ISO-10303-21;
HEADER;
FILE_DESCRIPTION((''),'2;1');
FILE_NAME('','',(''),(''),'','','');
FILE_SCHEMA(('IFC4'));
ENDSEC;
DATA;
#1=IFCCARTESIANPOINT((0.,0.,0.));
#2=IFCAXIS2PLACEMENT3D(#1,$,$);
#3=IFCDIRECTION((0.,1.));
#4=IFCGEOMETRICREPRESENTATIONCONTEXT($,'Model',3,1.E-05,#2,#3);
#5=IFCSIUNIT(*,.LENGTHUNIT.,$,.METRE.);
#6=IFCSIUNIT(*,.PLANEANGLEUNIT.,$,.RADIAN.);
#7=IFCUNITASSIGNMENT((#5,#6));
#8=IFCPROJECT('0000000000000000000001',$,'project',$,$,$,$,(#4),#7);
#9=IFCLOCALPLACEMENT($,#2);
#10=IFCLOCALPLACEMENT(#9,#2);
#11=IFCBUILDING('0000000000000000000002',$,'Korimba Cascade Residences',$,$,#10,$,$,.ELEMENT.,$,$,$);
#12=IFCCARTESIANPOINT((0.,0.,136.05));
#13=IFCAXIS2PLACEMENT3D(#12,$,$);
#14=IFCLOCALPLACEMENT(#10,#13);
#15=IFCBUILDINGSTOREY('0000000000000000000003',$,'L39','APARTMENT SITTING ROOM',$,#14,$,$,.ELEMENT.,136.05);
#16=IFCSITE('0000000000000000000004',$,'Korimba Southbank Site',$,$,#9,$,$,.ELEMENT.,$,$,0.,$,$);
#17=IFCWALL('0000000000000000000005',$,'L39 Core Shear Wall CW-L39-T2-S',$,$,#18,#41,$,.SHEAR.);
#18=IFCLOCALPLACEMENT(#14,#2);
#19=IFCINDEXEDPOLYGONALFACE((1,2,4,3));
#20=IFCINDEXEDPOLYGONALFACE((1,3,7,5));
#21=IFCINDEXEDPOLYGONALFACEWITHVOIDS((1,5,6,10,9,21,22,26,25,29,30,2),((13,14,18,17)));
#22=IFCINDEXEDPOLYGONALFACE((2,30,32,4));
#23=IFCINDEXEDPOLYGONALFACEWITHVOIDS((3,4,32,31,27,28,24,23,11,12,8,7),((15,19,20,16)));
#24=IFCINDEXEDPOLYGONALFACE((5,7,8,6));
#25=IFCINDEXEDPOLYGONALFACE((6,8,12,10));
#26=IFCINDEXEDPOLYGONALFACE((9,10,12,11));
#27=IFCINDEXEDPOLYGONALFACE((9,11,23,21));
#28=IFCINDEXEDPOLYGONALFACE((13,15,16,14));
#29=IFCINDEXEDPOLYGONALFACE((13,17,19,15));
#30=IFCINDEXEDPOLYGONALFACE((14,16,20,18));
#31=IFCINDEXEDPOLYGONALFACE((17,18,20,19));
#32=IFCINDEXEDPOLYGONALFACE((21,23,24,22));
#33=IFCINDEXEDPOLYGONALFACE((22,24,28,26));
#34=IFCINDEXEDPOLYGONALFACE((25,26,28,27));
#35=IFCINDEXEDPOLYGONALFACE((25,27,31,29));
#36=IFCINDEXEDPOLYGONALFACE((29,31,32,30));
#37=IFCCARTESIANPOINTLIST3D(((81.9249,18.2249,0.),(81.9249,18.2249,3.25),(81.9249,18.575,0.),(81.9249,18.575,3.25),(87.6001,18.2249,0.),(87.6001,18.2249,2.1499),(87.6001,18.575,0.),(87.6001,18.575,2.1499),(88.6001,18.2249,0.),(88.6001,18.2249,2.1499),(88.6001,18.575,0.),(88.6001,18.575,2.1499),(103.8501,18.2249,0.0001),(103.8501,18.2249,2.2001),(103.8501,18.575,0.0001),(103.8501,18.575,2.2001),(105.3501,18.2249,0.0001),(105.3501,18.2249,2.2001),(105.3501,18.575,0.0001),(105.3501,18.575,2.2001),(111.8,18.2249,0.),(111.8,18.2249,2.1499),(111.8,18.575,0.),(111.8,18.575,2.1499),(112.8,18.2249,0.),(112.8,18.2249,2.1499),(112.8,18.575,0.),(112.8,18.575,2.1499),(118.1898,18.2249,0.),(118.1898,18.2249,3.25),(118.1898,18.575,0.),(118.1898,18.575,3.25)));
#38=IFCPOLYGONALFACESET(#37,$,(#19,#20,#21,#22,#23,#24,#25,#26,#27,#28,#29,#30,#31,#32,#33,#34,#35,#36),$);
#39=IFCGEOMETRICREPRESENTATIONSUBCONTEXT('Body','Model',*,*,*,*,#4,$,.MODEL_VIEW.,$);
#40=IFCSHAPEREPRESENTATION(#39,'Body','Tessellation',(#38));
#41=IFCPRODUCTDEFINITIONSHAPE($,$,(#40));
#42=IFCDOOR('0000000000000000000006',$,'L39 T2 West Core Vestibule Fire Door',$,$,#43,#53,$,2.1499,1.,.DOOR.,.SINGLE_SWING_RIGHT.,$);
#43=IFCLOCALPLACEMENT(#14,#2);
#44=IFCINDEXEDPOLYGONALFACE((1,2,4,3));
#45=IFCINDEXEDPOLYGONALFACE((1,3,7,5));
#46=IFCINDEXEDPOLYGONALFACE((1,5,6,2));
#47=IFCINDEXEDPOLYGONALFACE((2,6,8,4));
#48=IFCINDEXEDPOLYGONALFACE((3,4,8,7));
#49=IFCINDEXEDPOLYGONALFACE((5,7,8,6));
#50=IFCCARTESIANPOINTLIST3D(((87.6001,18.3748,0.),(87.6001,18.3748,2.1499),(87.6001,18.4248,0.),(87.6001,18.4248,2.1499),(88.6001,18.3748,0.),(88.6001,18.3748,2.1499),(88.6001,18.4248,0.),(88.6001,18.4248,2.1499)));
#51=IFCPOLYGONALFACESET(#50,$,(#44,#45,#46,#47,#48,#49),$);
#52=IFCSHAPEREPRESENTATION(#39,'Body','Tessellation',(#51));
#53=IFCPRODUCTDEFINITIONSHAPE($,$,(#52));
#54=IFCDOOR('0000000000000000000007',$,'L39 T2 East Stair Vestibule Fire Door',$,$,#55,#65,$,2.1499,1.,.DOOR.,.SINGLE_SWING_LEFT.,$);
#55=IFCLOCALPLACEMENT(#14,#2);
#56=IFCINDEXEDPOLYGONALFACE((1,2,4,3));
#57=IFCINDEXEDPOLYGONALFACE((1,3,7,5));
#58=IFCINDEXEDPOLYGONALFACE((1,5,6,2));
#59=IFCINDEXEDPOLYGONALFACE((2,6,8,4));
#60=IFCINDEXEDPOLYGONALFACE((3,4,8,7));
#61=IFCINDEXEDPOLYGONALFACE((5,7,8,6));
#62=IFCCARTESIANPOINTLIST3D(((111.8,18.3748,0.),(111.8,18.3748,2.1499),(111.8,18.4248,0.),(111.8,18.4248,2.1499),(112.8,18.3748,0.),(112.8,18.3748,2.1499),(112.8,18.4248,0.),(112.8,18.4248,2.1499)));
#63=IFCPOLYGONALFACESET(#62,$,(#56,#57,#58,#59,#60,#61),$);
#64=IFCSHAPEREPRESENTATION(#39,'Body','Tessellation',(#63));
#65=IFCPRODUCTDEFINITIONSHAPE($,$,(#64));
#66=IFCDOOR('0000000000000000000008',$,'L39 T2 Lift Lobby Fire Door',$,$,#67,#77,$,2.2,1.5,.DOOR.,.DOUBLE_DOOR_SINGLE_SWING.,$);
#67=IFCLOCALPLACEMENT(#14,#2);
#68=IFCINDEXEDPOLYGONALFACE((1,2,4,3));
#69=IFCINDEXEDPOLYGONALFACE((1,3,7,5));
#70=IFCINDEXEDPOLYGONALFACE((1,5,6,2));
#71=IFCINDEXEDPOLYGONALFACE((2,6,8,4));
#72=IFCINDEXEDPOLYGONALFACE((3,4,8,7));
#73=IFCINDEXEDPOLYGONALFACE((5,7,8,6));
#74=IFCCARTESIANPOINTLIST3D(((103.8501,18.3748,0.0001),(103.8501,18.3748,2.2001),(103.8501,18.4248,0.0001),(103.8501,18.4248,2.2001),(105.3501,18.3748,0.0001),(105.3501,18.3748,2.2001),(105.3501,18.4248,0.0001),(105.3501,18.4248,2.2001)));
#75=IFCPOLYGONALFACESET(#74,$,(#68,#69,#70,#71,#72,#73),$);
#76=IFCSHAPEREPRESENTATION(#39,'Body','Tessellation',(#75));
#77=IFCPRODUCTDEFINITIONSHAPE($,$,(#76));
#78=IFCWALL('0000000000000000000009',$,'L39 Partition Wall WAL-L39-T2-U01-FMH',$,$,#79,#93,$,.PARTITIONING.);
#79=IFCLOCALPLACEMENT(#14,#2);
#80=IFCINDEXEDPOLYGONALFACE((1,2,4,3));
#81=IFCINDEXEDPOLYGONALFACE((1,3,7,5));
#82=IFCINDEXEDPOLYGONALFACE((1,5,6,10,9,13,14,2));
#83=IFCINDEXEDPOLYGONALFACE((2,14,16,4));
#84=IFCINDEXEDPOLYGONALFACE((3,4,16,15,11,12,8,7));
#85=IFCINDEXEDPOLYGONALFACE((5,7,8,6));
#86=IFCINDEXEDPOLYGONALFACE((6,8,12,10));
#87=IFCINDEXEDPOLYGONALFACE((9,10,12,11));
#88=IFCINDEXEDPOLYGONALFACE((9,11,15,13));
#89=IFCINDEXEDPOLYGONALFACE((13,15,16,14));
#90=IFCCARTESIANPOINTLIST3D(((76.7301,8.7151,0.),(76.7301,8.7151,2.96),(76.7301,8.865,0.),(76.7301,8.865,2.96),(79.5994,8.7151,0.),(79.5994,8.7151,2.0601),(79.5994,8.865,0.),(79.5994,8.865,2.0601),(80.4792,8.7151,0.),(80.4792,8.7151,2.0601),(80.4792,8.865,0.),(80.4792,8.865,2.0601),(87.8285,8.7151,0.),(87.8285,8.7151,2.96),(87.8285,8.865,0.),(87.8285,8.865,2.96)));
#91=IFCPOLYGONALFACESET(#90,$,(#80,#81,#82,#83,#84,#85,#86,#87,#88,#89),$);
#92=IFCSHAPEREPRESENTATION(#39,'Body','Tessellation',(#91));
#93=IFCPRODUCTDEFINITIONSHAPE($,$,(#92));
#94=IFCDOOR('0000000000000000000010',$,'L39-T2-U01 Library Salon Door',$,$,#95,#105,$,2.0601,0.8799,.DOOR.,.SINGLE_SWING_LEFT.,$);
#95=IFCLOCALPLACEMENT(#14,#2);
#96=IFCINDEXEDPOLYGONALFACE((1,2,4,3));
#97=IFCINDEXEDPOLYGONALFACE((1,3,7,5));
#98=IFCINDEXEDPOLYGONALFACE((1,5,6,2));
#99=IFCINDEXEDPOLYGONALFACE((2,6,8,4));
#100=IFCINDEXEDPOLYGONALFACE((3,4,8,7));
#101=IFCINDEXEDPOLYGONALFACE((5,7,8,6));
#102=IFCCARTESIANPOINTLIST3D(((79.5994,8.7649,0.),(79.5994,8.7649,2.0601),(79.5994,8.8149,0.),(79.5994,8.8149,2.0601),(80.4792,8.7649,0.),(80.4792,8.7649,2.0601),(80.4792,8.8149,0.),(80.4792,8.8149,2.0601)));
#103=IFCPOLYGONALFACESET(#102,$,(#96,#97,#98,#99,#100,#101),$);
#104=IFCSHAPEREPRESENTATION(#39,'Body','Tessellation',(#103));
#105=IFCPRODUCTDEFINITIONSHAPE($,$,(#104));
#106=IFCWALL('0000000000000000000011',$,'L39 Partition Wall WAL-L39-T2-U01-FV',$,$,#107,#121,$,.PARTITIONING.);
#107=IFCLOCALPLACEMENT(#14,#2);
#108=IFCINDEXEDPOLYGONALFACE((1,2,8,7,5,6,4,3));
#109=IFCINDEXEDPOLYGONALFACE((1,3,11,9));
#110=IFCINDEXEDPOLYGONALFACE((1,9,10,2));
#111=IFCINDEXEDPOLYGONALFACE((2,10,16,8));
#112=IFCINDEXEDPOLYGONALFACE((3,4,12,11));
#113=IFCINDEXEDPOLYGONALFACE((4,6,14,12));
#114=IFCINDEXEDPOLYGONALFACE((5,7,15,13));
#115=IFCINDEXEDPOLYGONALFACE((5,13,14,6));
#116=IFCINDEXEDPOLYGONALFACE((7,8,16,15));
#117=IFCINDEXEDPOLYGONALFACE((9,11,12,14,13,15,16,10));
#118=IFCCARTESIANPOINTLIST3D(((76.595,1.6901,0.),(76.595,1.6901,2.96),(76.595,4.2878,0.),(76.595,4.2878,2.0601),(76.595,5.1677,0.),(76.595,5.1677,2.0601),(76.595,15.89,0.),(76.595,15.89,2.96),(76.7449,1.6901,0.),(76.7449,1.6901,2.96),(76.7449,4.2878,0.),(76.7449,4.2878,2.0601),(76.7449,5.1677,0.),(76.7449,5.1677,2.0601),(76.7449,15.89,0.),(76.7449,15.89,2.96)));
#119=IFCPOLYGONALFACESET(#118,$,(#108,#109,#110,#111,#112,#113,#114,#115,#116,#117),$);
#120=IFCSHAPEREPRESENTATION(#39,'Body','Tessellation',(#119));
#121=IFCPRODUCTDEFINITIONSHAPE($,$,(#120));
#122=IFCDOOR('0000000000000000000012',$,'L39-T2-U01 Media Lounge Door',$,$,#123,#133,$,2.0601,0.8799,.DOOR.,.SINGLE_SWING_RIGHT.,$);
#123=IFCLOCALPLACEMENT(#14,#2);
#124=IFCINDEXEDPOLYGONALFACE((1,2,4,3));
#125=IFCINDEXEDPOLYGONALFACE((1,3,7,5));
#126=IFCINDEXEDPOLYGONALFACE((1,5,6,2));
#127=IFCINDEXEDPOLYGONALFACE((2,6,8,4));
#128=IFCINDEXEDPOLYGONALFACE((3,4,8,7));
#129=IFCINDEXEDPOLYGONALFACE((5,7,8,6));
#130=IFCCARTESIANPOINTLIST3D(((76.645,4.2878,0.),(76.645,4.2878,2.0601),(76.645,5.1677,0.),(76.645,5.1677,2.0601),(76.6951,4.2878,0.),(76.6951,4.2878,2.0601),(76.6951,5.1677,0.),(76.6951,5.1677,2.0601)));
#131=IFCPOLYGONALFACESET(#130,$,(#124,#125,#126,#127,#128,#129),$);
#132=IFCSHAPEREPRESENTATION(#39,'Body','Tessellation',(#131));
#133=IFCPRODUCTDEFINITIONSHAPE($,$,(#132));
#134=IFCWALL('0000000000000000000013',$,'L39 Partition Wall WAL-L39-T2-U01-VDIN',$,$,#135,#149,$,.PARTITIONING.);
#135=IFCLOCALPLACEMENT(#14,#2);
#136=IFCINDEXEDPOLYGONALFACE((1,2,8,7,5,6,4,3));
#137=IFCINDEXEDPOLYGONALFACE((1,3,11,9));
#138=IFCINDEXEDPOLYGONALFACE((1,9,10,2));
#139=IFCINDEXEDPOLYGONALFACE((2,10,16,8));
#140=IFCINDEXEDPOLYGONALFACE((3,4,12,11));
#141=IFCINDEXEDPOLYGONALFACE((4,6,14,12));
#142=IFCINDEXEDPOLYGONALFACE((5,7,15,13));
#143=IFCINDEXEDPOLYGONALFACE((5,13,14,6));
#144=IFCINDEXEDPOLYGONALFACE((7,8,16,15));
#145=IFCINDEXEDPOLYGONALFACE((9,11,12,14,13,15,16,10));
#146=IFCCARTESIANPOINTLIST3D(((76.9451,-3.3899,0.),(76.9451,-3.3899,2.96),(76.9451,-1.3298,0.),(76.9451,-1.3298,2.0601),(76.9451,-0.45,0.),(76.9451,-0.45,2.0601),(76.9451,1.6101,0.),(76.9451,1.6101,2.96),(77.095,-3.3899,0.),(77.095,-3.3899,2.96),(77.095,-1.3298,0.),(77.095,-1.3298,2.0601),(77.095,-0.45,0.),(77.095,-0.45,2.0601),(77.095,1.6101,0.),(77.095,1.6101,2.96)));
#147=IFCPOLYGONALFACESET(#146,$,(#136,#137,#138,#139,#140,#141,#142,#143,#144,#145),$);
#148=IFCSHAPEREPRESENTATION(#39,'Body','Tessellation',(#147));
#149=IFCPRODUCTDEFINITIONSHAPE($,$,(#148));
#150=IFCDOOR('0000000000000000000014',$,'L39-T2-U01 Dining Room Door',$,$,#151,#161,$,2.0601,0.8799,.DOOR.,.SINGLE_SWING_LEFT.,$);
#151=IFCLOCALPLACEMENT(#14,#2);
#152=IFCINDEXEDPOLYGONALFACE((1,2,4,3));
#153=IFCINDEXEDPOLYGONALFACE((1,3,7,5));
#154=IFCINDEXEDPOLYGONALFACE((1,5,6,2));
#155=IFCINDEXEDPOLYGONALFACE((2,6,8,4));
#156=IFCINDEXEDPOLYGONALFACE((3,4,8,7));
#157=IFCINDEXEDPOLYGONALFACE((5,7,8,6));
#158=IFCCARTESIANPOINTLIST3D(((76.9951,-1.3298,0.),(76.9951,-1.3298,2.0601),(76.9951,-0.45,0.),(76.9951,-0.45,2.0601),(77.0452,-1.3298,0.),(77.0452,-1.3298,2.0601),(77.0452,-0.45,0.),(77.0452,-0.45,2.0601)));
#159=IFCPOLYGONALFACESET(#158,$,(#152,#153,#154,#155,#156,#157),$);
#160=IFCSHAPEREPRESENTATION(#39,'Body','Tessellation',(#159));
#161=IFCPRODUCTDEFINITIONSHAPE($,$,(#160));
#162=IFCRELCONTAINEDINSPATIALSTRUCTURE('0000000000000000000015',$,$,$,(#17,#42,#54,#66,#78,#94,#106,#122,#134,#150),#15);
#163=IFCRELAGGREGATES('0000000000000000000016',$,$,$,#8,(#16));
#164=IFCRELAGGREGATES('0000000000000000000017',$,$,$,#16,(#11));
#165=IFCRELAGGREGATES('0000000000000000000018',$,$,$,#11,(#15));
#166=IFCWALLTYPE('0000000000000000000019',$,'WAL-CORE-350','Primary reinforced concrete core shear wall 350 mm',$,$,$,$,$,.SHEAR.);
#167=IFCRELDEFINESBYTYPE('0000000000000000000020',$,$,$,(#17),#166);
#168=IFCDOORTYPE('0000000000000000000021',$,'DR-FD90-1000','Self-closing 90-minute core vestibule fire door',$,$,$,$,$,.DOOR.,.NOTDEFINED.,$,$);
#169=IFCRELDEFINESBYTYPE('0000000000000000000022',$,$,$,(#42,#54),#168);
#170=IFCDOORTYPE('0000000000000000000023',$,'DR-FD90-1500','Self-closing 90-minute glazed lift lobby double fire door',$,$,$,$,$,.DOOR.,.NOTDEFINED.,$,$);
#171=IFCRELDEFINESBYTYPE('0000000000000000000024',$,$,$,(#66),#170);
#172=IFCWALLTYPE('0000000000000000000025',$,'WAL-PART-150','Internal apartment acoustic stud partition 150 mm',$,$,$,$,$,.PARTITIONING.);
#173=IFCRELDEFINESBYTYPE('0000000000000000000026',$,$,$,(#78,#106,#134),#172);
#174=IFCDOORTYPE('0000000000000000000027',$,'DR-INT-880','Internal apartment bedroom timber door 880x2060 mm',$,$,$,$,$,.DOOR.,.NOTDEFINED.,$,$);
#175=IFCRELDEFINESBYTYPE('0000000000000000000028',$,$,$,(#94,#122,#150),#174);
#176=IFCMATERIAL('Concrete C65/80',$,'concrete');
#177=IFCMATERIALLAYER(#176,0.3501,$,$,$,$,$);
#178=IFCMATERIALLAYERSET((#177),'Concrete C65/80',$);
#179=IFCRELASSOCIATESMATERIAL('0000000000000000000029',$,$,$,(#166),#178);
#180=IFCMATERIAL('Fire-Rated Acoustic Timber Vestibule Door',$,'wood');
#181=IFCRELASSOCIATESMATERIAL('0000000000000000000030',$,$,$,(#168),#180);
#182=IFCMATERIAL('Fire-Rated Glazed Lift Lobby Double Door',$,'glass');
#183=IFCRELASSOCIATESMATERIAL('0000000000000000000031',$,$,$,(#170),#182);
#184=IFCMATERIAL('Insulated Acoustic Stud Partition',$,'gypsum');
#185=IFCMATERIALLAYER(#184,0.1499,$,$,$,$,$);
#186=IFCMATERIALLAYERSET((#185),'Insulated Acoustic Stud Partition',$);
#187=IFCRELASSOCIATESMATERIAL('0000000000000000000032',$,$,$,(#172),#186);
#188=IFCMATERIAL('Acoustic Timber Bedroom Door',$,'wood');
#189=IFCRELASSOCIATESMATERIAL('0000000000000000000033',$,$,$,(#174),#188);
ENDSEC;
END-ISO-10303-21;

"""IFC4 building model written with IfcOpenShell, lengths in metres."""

from ifc_helpers import new_model, si_unit, direction, frame, frame_2d, origin, place, context, subcontext, project, spatial, rectangle, extrude, material, layer, layer_set, type_object, element, fill, save


model = new_model("IFC4")

# Units and contexts
model_context = context("Model", 3, precision=1e-05, world=origin(), true_north=direction((0.0, 1.0)))
body_context = subcontext(model_context, "Body", "Model", "MODEL_VIEW")
ifc_project = project(units=[si_unit("LENGTHUNIT", "METRE"), si_unit("PLANEANGLEUNIT", "RADIAN")], contexts=[model_context])

# Site, building, storey
site_placement = place(None, origin())
site = spatial("IfcSite", under=ifc_project, at=site_placement, Name="Korimba Southbank Site", CompositionType="ELEMENT", RefElevation=0.0)
building_placement = place(site_placement, origin())
building = spatial("IfcBuilding", under=site, at=building_placement, Name="Korimba Cascade Residences", CompositionType="ELEMENT")
storey_placement = place(building_placement, frame((0.0, 0.0, 136.05)))
storey = spatial("IfcBuildingStorey", under=building, at=storey_placement, Name="L39", Description="APARTMENT SITTING ROOM", CompositionType="ELEMENT", Elevation=136.05)

# Shared definitions
ifc_material_1 = material(Name="Concrete C65/80", Category="concrete")

# Wall, openings, doors
ifc_layer_1 = layer(ifc_material_1, 0.3501)
ifc_layer_set_1 = layer_set([ifc_layer_1], Name="Concrete C65/80")
wall_type_1 = type_object("IfcWallType", Name="WAL-CORE-350", Description="Primary reinforced concrete core shear wall 350 mm", PredefinedType="SHEAR", material=ifc_layer_set_1)
wall_1_placement = place(storey_placement, frame((81.925, 18.3999, 0.0), z_axis=(0.0, 0.0, 1.0), x_axis=(1.0, 0.0, 0.0)))
wall_1 = element("IfcWall", 1, at=wall_1_placement, inside=storey, type_object=wall_type_1, Name="L39 Core Shear Wall CW-L39-T2-S", PredefinedType="SHEAR", context=body_context, shape_type="SweptSolid", body=[
    extrude(rectangle(XDim=36.2649, YDim=0.3501, at=frame_2d((18.1323, 0.0))), origin(), (0.0, 0.0, 1.0), 3.25),
])
opening_1_placement = place(wall_1_placement, frame((5.675, 0.0, 0.0)))
opening_1 = element("IfcOpeningElement", 2, at=opening_1_placement, cuts=wall_1, PredefinedType="OPENING", context=body_context, shape_type="SweptSolid", body=[
    extrude(rectangle(XDim=1.0, YDim=2.1499, at=frame_2d((0.5, 1.075))), frame((0.0, 0.1851, 0.0), z_axis=(0.0, -1.0, 0.0), x_axis=(1.0, 0.0, 0.0)), (0.0, 0.0, 1.0), 0.3701),
])
opening_2_placement = place(wall_1_placement, frame((21.925, 0.0, 0.0)))
opening_2 = element("IfcOpeningElement", 3, at=opening_2_placement, cuts=wall_1, PredefinedType="OPENING", context=body_context, shape_type="SweptSolid", body=[
    extrude(rectangle(XDim=1.5, YDim=2.2, at=frame_2d((0.75, 1.1001))), frame((0.0, 0.1851, 0.0), z_axis=(0.0, -1.0, 0.0), x_axis=(1.0, 0.0, 0.0)), (0.0, 0.0, 1.0), 0.3701),
])
opening_3_placement = place(wall_1_placement, frame((29.875, 0.0, 0.0)))
opening_3 = element("IfcOpeningElement", 4, at=opening_3_placement, cuts=wall_1, PredefinedType="OPENING", context=body_context, shape_type="SweptSolid", body=[
    extrude(rectangle(XDim=1.0, YDim=2.1499, at=frame_2d((0.5, 1.075))), frame((0.0, 0.1851, 0.0), z_axis=(0.0, -1.0, 0.0), x_axis=(1.0, 0.0, 0.0)), (0.0, 0.0, 1.0), 0.3701),
])
ifc_material_2 = material(Name="Fire-Rated Acoustic Timber Vestibule Door", Category="wood")
door_type_1 = type_object("IfcDoorType", Name="DR-FD90-1000", Description="Self-closing 90-minute core vestibule fire door", OperationType="NOTDEFINED", PredefinedType="DOOR", material=ifc_material_2)
door_1_placement = place(opening_1_placement, origin())
door_1 = element("IfcDoor", 5, at=door_1_placement, inside=storey, type_object=door_type_1, Name="L39 T2 West Core Vestibule Fire Door", OperationType="SINGLE_SWING_RIGHT", OverallHeight=2.1499, OverallWidth=1.0, PredefinedType="DOOR", context=body_context, shape_type="SweptSolid", body=[
    extrude(rectangle(XDim=1.0, YDim=2.1499, at=frame_2d((0.5, 1.075))), frame((0.0, 0.0249, 0.0), z_axis=(0.0, -1.0, 0.0), x_axis=(1.0, 0.0, 0.0)), (0.0, 0.0, 1.0), 0.05),
])
fill(opening_1, door_1)
door_2_placement = place(opening_3_placement, origin())
door_2 = element("IfcDoor", 6, at=door_2_placement, inside=storey, type_object=door_type_1, Name="L39 T2 East Stair Vestibule Fire Door", OperationType="SINGLE_SWING_LEFT", OverallHeight=2.1499, OverallWidth=1.0, PredefinedType="DOOR", context=body_context, shape_type="SweptSolid", body=[
    extrude(rectangle(XDim=1.0, YDim=2.1499, at=frame_2d((0.5, 1.075))), frame((0.0, 0.0249, 0.0), z_axis=(0.0, -1.0, 0.0), x_axis=(1.0, 0.0, 0.0)), (0.0, 0.0, 1.0), 0.05),
])
fill(opening_3, door_2)
ifc_material_3 = material(Name="Fire-Rated Glazed Lift Lobby Double Door", Category="glass")
door_type_2 = type_object("IfcDoorType", Name="DR-FD90-1500", Description="Self-closing 90-minute glazed lift lobby double fire door", OperationType="NOTDEFINED", PredefinedType="DOOR", material=ifc_material_3)
door_3_placement = place(opening_2_placement, origin())
door_3 = element("IfcDoor", 7, at=door_3_placement, inside=storey, type_object=door_type_2, Name="L39 T2 Lift Lobby Fire Door", OperationType="DOUBLE_DOOR_SINGLE_SWING", OverallHeight=2.2, OverallWidth=1.5, PredefinedType="DOOR", context=body_context, shape_type="SweptSolid", body=[
    extrude(rectangle(XDim=1.5, YDim=2.2, at=frame_2d((0.75, 1.1001))), frame((0.0, 0.0249, 0.0), z_axis=(0.0, -1.0, 0.0), x_axis=(1.0, 0.0, 0.0)), (0.0, 0.0, 1.0), 0.05),
])
fill(opening_2, door_3)

# Walls, openings, doors
ifc_material_4 = material(Name="Insulated Acoustic Stud Partition", Category="gypsum")
ifc_layer_2 = layer(ifc_material_4, 0.1499)
ifc_layer_set_2 = layer_set([ifc_layer_2], Name="Insulated Acoustic Stud Partition")
wall_type_2 = type_object("IfcWallType", Name="WAL-PART-150", Description="Internal apartment acoustic stud partition 150 mm", PredefinedType="PARTITIONING", material=ifc_layer_set_2)
wall_2_placement = place(storey_placement, frame((76.73, 8.79, 0.0), z_axis=(0.0, 0.0, 1.0), x_axis=(1.0, 0.0, 0.0)))
wall_2 = element("IfcWall", 8, at=wall_2_placement, inside=storey, type_object=wall_type_2, Name="L39 Partition Wall WAL-L39-T2-U01-FMH", PredefinedType="PARTITIONING", context=body_context, shape_type="SweptSolid", body=[
    extrude(rectangle(XDim=11.0984, YDim=0.1499, at=frame_2d((5.5493, 0.0))), origin(), (0.0, 0.0, 1.0), 2.96),
])
opening_4_placement = place(wall_2_placement, frame((2.8694, 0.0, 0.0)))
opening_4 = element("IfcOpeningElement", 9, at=opening_4_placement, cuts=wall_2, PredefinedType="OPENING", context=body_context, shape_type="SweptSolid", body=[
    extrude(rectangle(XDim=0.8799, YDim=2.0601, at=frame_2d((0.4399, 1.03))), frame((0.0, 0.085, 0.0), z_axis=(0.0, -1.0, 0.0), x_axis=(1.0, 0.0, 0.0)), (0.0, 0.0, 1.0), 0.1699),
])
ifc_material_5 = material(Name="Acoustic Timber Bedroom Door", Category="wood")
door_type_3 = type_object("IfcDoorType", Name="DR-INT-880", Description="Internal apartment bedroom timber door 880x2060 mm", OperationType="NOTDEFINED", PredefinedType="DOOR", material=ifc_material_5)
door_4_placement = place(opening_4_placement, origin())
door_4 = element("IfcDoor", 10, at=door_4_placement, inside=storey, type_object=door_type_3, Name="L39-T2-U01 Library Salon Door", OperationType="SINGLE_SWING_LEFT", OverallHeight=2.0601, OverallWidth=0.8799, PredefinedType="DOOR", context=body_context, shape_type="SweptSolid", body=[
    extrude(rectangle(XDim=0.8799, YDim=2.0601, at=frame_2d((0.4399, 1.03))), frame((0.0, 0.0249, 0.0), z_axis=(0.0, -1.0, 0.0), x_axis=(1.0, 0.0, 0.0)), (0.0, 0.0, 1.0), 0.05),
])
fill(opening_4, door_4)
wall_3_placement = place(storey_placement, frame((76.6699, 1.6899, 0.0), z_axis=(0.0, 0.0, 1.0), x_axis=(0.0, 1.0, 0.0)))
wall_3 = element("IfcWall", 11, at=wall_3_placement, inside=storey, type_object=wall_type_2, Name="L39 Partition Wall WAL-L39-T2-U01-FV", PredefinedType="PARTITIONING", context=body_context, shape_type="SweptSolid", body=[
    extrude(rectangle(XDim=14.2, YDim=0.1499, at=frame_2d((7.1001, 0.0))), origin(), (0.0, 0.0, 1.0), 2.96),
])
opening_5_placement = place(wall_3_placement, frame((2.5979, 0.0, 0.0)))
opening_5 = element("IfcOpeningElement", 12, at=opening_5_placement, cuts=wall_3, PredefinedType="OPENING", context=body_context, shape_type="SweptSolid", body=[
    extrude(rectangle(XDim=0.8799, YDim=2.0601, at=frame_2d((0.4399, 1.03))), frame((0.0, 0.085, 0.0), z_axis=(0.0, -1.0, 0.0), x_axis=(1.0, 0.0, 0.0)), (0.0, 0.0, 1.0), 0.1699),
])
door_5_placement = place(opening_5_placement, origin())
door_5 = element("IfcDoor", 13, at=door_5_placement, inside=storey, type_object=door_type_3, Name="L39-T2-U01 Media Lounge Door", OperationType="SINGLE_SWING_RIGHT", OverallHeight=2.0601, OverallWidth=0.8799, PredefinedType="DOOR", context=body_context, shape_type="SweptSolid", body=[
    extrude(rectangle(XDim=0.8799, YDim=2.0601, at=frame_2d((0.4399, 1.03))), frame((0.0, 0.0249, 0.0), z_axis=(0.0, -1.0, 0.0), x_axis=(1.0, 0.0, 0.0)), (0.0, 0.0, 1.0), 0.05),
])
fill(opening_5, door_5)
wall_4_placement = place(storey_placement, frame((77.02, -3.3899, 0.0), z_axis=(0.0, 0.0, 1.0), x_axis=(0.0, 1.0, 0.0)))
wall_4 = element("IfcWall", 14, at=wall_4_placement, inside=storey, type_object=wall_type_2, Name="L39 Partition Wall WAL-L39-T2-U01-VDIN", PredefinedType="PARTITIONING", context=body_context, shape_type="SweptSolid", body=[
    extrude(rectangle(XDim=5.0, YDim=0.1499, at=frame_2d((2.5, 0.0))), origin(), (0.0, 0.0, 1.0), 2.96),
])
opening_6_placement = place(wall_4_placement, frame((2.0601, 0.0, 0.0)))
opening_6 = element("IfcOpeningElement", 15, at=opening_6_placement, cuts=wall_4, PredefinedType="OPENING", context=body_context, shape_type="SweptSolid", body=[
    extrude(rectangle(XDim=0.8799, YDim=2.0601, at=frame_2d((0.4399, 1.03))), frame((0.0, 0.085, 0.0), z_axis=(0.0, -1.0, 0.0), x_axis=(1.0, 0.0, 0.0)), (0.0, 0.0, 1.0), 0.1699),
])
door_6_placement = place(opening_6_placement, origin())
door_6 = element("IfcDoor", 16, at=door_6_placement, inside=storey, type_object=door_type_3, Name="L39-T2-U01 Dining Room Door", OperationType="SINGLE_SWING_LEFT", OverallHeight=2.0601, OverallWidth=0.8799, PredefinedType="DOOR", context=body_context, shape_type="SweptSolid", body=[
    extrude(rectangle(XDim=0.8799, YDim=2.0601, at=frame_2d((0.4399, 1.03))), frame((0.0, 0.0249, 0.0), z_axis=(0.0, -1.0, 0.0), x_axis=(1.0, 0.0, 0.0)), (0.0, 0.0, 1.0), 0.05),
])
fill(opening_6, door_6)

save(model, "model.ifc")
